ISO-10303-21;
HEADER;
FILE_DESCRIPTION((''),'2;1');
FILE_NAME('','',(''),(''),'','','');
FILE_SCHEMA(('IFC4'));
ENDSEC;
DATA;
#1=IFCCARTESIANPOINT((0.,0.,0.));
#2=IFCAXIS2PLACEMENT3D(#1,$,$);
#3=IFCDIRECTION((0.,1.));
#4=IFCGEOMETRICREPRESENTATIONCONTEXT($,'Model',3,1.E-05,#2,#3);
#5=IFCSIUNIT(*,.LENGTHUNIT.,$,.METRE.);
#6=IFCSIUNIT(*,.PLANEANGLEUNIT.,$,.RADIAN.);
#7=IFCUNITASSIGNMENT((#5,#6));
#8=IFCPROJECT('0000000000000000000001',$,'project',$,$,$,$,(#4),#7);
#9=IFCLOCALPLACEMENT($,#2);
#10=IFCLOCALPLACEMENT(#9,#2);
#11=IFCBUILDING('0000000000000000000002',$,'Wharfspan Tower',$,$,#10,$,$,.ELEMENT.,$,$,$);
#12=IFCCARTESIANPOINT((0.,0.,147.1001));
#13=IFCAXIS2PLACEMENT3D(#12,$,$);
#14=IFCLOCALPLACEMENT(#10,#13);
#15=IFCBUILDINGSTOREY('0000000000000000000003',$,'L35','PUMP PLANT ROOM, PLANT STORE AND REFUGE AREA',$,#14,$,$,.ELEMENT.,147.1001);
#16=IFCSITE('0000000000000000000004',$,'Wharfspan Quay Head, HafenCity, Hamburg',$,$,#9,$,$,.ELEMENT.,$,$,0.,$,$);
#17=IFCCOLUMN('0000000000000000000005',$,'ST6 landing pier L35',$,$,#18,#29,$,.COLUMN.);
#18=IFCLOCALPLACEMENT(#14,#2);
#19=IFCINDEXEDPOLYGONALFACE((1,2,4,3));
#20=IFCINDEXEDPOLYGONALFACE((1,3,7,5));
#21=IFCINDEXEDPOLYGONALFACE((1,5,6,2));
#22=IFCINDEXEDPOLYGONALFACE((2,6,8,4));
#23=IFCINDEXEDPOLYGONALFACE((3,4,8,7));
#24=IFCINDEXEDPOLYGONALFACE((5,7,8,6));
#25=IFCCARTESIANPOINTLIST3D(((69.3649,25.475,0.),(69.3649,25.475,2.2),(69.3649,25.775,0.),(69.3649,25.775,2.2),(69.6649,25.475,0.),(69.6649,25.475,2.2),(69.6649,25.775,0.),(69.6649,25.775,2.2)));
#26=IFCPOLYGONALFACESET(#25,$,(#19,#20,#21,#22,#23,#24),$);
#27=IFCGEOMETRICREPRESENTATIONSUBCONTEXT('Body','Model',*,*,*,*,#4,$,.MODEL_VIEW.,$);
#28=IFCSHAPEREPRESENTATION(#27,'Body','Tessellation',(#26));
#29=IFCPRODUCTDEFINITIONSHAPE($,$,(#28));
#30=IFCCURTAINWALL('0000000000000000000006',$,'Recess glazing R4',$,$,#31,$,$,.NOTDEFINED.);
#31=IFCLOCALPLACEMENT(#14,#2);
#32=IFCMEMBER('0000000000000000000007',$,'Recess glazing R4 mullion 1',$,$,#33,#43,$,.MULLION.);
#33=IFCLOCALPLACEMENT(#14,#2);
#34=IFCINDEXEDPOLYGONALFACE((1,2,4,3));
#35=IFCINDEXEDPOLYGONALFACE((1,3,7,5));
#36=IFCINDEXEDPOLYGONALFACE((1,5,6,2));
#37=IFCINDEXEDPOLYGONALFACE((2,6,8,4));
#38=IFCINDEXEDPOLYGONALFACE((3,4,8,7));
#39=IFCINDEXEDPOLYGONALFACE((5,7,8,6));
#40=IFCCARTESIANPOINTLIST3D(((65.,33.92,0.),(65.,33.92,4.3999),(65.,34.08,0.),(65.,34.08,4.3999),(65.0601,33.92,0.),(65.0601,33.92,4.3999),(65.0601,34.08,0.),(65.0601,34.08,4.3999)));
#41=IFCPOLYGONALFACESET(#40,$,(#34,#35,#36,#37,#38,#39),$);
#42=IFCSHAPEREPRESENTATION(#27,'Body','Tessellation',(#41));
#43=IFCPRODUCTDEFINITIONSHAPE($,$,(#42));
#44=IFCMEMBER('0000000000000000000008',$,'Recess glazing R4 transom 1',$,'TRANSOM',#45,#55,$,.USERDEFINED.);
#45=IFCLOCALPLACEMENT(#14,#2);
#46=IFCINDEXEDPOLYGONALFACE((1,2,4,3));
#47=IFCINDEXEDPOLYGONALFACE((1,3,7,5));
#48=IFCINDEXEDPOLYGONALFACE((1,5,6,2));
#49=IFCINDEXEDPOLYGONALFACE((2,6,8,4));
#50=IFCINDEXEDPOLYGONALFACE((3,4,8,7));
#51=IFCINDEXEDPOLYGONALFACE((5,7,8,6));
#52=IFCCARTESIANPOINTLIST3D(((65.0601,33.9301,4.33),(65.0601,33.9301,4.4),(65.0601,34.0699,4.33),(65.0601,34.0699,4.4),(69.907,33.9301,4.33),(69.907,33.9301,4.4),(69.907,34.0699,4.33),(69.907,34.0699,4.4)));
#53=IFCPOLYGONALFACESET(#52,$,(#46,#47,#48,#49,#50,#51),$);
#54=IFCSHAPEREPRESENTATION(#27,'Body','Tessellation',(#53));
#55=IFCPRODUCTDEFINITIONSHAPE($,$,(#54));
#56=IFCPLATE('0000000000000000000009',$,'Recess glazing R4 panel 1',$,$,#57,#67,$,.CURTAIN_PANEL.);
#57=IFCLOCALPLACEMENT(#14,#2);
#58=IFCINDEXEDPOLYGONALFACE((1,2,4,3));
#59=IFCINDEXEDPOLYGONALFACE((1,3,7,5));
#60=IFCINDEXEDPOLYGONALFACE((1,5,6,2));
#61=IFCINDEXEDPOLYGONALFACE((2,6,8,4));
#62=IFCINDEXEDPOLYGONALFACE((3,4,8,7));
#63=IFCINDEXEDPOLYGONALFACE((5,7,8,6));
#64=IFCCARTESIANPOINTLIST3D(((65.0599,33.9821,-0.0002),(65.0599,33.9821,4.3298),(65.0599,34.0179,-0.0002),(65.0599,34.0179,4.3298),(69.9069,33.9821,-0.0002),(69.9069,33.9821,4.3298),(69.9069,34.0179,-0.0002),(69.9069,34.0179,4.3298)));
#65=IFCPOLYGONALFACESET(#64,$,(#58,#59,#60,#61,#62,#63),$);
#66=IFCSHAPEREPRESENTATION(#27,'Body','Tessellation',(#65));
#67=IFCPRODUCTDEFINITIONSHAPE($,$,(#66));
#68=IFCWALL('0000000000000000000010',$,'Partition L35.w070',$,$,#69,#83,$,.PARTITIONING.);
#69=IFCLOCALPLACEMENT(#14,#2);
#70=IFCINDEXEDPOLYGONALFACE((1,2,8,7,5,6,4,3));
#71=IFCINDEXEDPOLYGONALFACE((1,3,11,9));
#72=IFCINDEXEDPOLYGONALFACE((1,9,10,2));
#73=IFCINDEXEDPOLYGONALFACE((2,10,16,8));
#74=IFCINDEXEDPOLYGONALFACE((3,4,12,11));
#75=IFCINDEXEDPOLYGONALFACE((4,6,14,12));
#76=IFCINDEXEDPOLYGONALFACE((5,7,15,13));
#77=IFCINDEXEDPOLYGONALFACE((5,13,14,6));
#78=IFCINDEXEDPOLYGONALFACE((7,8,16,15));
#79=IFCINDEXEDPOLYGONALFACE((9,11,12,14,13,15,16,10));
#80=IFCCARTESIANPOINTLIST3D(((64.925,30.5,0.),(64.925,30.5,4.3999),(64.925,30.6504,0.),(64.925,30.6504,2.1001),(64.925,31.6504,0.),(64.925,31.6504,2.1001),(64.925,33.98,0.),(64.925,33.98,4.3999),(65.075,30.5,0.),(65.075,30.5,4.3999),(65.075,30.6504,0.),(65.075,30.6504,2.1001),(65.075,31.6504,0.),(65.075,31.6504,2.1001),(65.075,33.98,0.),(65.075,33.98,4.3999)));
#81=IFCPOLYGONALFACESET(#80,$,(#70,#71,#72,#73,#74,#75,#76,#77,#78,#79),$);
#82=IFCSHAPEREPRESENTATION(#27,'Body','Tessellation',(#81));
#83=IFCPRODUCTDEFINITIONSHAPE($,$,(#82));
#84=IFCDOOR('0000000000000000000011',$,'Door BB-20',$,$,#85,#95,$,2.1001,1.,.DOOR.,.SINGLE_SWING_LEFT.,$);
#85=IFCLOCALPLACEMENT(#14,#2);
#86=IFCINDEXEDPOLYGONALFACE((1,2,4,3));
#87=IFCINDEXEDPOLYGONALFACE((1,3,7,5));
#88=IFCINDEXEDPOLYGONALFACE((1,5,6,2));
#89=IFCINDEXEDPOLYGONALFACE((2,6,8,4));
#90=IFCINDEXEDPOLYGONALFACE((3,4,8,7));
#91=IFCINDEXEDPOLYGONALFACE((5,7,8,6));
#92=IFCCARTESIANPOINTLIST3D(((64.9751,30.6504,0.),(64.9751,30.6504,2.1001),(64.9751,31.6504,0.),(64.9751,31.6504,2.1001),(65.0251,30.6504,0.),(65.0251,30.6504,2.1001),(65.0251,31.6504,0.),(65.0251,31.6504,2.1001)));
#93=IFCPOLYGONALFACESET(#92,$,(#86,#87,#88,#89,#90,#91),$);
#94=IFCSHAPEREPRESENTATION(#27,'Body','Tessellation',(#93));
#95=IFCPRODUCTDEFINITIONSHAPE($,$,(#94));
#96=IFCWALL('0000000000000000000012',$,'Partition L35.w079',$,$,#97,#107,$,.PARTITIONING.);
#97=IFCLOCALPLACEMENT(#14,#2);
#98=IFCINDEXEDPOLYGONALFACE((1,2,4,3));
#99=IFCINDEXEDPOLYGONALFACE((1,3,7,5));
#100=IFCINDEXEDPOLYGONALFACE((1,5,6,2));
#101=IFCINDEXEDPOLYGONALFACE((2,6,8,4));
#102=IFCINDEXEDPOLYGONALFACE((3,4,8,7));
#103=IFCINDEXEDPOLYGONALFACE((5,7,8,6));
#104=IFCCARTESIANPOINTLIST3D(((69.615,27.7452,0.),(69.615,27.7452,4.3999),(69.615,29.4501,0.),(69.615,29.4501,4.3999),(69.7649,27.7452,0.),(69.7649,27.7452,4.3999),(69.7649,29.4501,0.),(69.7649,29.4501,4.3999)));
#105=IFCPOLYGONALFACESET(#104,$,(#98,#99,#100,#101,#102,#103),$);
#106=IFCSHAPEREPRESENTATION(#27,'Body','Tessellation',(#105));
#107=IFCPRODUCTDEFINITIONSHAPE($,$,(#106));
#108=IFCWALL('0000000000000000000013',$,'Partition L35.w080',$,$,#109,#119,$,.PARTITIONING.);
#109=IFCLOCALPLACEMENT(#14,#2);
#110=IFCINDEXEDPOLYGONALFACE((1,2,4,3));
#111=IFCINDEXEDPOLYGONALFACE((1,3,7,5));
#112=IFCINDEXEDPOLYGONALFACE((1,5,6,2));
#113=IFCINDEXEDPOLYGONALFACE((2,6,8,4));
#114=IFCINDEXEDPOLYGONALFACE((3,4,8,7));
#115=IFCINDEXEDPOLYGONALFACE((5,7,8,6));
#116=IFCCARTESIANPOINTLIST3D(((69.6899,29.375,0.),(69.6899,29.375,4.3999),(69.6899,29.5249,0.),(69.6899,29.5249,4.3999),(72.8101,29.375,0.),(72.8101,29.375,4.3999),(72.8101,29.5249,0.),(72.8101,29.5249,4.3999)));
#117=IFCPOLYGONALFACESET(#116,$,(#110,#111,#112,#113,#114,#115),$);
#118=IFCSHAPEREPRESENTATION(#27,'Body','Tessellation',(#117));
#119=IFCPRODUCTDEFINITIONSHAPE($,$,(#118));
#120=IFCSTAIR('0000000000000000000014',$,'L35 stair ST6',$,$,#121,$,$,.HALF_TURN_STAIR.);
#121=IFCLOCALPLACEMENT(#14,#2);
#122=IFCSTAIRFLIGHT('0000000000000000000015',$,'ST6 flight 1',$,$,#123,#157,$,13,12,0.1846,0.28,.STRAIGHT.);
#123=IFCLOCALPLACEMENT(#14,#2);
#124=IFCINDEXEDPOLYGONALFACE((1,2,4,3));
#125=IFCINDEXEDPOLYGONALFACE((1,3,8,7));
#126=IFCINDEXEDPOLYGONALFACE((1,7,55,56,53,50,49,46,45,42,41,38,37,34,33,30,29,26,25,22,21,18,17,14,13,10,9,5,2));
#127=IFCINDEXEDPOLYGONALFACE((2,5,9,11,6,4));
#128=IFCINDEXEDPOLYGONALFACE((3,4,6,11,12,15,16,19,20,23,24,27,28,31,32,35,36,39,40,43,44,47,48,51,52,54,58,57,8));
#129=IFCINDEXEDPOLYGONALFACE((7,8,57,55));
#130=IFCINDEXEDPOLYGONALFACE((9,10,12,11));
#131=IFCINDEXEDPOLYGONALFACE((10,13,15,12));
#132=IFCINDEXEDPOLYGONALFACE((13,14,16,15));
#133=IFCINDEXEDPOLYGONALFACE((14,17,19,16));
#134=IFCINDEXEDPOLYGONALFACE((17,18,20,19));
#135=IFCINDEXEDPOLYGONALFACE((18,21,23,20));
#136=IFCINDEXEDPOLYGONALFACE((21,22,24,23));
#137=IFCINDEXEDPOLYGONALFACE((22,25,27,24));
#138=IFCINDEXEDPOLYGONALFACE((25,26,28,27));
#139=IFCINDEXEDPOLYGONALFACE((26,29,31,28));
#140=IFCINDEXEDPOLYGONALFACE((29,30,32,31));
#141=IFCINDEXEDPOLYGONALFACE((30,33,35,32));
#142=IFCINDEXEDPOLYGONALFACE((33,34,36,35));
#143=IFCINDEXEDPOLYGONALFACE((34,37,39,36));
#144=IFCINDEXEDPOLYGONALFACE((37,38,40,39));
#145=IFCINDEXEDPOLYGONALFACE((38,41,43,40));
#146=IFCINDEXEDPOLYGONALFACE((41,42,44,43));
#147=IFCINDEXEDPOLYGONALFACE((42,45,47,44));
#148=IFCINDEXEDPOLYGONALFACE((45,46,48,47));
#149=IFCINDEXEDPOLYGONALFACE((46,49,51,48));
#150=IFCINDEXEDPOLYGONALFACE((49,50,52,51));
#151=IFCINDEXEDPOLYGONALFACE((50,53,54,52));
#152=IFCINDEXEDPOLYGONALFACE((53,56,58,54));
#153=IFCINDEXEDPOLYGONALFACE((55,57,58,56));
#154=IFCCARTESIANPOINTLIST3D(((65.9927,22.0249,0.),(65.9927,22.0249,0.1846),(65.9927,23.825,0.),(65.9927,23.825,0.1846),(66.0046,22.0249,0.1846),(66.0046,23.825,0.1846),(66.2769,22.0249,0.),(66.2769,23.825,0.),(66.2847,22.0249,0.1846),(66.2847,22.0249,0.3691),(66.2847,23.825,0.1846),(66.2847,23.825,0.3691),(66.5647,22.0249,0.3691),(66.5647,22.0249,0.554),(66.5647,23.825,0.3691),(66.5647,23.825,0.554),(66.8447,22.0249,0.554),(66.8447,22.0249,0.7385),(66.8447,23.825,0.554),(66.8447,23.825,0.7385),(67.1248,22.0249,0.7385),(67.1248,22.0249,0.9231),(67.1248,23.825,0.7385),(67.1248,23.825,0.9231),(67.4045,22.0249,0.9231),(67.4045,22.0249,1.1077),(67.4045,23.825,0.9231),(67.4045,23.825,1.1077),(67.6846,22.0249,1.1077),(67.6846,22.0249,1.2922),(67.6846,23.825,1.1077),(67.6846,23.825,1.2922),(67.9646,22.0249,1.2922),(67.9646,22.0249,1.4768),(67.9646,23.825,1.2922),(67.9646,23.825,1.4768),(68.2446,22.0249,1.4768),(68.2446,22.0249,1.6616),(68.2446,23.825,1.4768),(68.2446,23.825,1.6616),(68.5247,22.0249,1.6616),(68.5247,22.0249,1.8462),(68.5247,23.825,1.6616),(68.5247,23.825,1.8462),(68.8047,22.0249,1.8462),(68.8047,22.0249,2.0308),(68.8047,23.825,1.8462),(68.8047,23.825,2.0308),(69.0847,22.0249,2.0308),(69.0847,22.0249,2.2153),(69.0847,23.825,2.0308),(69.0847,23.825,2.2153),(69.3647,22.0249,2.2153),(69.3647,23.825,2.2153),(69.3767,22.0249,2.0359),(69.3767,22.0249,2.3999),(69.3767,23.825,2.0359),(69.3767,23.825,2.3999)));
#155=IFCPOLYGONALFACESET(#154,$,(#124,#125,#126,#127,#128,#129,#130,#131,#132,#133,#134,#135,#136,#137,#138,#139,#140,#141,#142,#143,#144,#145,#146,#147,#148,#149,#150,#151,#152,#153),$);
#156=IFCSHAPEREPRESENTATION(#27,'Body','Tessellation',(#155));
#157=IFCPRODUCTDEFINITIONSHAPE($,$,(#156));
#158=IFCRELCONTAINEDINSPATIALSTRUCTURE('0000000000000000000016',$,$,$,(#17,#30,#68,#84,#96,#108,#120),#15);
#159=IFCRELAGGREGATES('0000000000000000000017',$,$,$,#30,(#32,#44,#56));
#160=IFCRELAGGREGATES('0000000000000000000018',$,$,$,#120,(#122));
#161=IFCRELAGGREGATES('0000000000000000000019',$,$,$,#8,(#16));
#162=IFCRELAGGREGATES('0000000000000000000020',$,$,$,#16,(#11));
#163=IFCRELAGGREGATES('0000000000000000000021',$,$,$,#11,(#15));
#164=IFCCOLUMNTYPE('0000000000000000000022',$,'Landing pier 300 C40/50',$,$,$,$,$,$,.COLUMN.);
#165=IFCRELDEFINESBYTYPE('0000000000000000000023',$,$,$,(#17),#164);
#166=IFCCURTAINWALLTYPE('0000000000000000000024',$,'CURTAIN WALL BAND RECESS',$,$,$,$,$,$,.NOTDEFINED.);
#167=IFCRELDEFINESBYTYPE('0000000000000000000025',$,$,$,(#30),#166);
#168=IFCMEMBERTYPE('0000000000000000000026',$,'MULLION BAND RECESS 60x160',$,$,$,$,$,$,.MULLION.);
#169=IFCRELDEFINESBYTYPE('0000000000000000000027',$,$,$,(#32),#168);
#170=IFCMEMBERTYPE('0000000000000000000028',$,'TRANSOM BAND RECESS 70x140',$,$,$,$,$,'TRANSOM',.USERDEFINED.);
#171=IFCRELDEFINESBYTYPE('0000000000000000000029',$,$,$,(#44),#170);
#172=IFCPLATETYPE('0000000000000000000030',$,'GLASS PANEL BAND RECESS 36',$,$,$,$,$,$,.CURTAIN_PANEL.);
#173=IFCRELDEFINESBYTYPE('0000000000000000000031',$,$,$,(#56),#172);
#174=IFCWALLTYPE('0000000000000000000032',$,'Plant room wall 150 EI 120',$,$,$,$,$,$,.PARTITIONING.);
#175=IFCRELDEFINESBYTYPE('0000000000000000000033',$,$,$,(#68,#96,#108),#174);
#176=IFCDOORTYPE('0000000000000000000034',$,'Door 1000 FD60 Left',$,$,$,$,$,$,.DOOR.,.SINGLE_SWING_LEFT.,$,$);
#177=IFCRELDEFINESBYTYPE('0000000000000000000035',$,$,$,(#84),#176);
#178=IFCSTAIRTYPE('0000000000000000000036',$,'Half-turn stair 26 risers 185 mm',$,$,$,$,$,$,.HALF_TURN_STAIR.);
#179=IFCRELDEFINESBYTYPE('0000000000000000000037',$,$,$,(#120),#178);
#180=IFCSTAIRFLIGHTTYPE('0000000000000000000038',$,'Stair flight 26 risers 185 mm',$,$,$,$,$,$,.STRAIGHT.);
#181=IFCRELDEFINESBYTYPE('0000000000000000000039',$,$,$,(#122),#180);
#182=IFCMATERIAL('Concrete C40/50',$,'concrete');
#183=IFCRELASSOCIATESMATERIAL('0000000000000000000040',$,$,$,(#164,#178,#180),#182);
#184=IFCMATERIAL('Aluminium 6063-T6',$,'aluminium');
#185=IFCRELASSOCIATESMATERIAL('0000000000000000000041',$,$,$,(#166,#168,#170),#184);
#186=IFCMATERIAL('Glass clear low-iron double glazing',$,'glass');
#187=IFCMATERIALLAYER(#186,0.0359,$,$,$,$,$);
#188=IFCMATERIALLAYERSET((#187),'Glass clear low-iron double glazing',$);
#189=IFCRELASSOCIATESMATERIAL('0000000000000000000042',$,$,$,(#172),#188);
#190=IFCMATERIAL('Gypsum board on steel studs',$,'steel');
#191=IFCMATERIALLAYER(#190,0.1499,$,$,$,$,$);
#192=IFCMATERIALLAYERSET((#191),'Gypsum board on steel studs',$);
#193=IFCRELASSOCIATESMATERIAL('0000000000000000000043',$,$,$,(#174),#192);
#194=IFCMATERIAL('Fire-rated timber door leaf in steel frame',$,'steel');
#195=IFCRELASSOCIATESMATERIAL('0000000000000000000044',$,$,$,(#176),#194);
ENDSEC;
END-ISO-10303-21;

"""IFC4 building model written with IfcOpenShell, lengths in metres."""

from ifc_helpers import new_model, si_unit, direction, frame, frame_2d, origin, origin_2d, place, context, subcontext, project, spatial, polyline, rectangle, outline, extrude, material, layer, layer_set, material_profile, profile_set, type_object, element, fill, aggregate, save


model = new_model("IFC4")

# Units and contexts
model_context = context("Model", 3, precision=1e-05, world=origin(), true_north=direction((0.0, 1.0)))
body_context = subcontext(model_context, "Body", "Model", "MODEL_VIEW")
ifc_project = project(units=[si_unit("LENGTHUNIT", "METRE"), si_unit("PLANEANGLEUNIT", "RADIAN")], contexts=[model_context])

# Site, building, storey
site_placement = place(None, origin())
site = spatial("IfcSite", under=ifc_project, at=site_placement, Name="Wharfspan Quay Head, HafenCity, Hamburg", CompositionType="ELEMENT", RefElevation=0.0)
building_placement = place(site_placement, origin())
building = spatial("IfcBuilding", under=site, at=building_placement, Name="Wharfspan Tower", CompositionType="ELEMENT")
storey_placement = place(building_placement, frame((0.0, 0.0, 147.1001)))
storey = spatial("IfcBuildingStorey", under=building, at=storey_placement, Name="L35", Description="PUMP PLANT ROOM, PLANT STORE AND REFUGE AREA", CompositionType="ELEMENT", Elevation=147.1001)

# Column
ifc_material_1 = material(Name="Concrete C40/50", Category="concrete")
ifc_material_profile_1 = material_profile(ifc_material_1, rectangle(XDim=0.3, YDim=0.3, at=origin_2d()))
ifc_profile_set_1 = profile_set([ifc_material_profile_1], Name="Concrete C40/50")
column_type = type_object("IfcColumnType", Name="Landing pier 300 C40/50", PredefinedType="COLUMN", material=ifc_profile_set_1)
column_placement = place(storey_placement, frame((69.5149, 25.625, 0.0), z_axis=(0.0, 0.0, 1.0), x_axis=(1.0, 0.0, 0.0)))
element("IfcColumn", 1, at=column_placement, inside=storey, type_object=column_type, Name="ST6 landing pier L35", PredefinedType="COLUMN", context=body_context, shape_type="SweptSolid", body=[
    extrude(rectangle(XDim=0.3, YDim=0.3, at=origin_2d()), origin(), (0.0, 0.0, 1.0), 2.2),
])

# Curtain wall, members, plate
ifc_material_2 = material(Name="Aluminium 6063-T6", Category="aluminium")
curtain_wall_type = type_object("IfcCurtainWallType", Name="CURTAIN WALL BAND RECESS", PredefinedType="NOTDEFINED", material=ifc_material_2)
curtain_wall_placement = place(storey_placement, origin())
curtain_wall = element("IfcCurtainWall", 2, at=curtain_wall_placement, inside=storey, type_object=curtain_wall_type, Name="Recess glazing R4", PredefinedType="NOTDEFINED")
ifc_material_profile_2 = material_profile(ifc_material_2, rectangle(XDim=0.1599, YDim=0.0601, at=origin_2d()))
ifc_profile_set_2 = profile_set([ifc_material_profile_2], Name="Aluminium 6063-T6")
member_type_1 = type_object("IfcMemberType", Name="MULLION BAND RECESS 60x160", PredefinedType="MULLION", material=ifc_profile_set_2)
member_1_placement = place(storey_placement, frame((65.03, 34.0, 0.0), z_axis=(0.0, 0.0, 1.0), x_axis=(0.0, 1.0, 0.0)))
member_1 = element("IfcMember", 3, at=member_1_placement, type_object=member_type_1, Name="Recess glazing R4 mullion 1", PredefinedType="MULLION", context=body_context, shape_type="SweptSolid", body=[
    extrude(rectangle(XDim=0.1599, YDim=0.0601, at=origin_2d()), origin(), (0.0, 0.0, 1.0), 4.3999),
])
ifc_material_profile_3 = material_profile(ifc_material_2, rectangle(XDim=0.1399, YDim=0.0701, at=origin_2d()))
ifc_profile_set_3 = profile_set([ifc_material_profile_3], Name="Aluminium 6063-T6")
member_type_2 = type_object("IfcMemberType", Name="TRANSOM BAND RECESS 70x140", ElementType="TRANSOM", PredefinedType="USERDEFINED", material=ifc_profile_set_3)
member_2_placement = place(storey_placement, frame((65.0601, 34.0, 4.365), z_axis=(1.0, 0.0, 0.0), x_axis=(0.0, 1.0, 0.0)))
member_2 = element("IfcMember", 4, at=member_2_placement, type_object=member_type_2, Name="Recess glazing R4 transom 1", ObjectType="TRANSOM", PredefinedType="USERDEFINED", context=body_context, shape_type="SweptSolid", body=[
    extrude(rectangle(XDim=0.1399, YDim=0.0701, at=origin_2d()), origin(), (0.0, 0.0, 1.0), 4.8469),
])
ifc_material_3 = material(Name="Glass clear low-iron double glazing", Category="glass")
ifc_layer_1 = layer(ifc_material_3, 0.0359)
ifc_layer_set_1 = layer_set([ifc_layer_1], Name="Glass clear low-iron double glazing")
plate_type = type_object("IfcPlateType", Name="GLASS PANEL BAND RECESS 36", PredefinedType="CURTAIN_PANEL", material=ifc_layer_set_1)
plate_placement = place(storey_placement, frame((67.4834, 34.0, -0.0002), z_axis=(0.0, 0.0, 1.0), x_axis=(1.0, 0.0, 0.0)))
plate = element("IfcPlate", 5, at=plate_placement, type_object=plate_type, Name="Recess glazing R4 panel 1", PredefinedType="CURTAIN_PANEL", context=body_context, shape_type="SweptSolid", body=[
    extrude(rectangle(XDim=4.8469, YDim=0.0359, at=origin_2d()), origin(), (0.0, 0.0, 1.0), 4.3301),
])
aggregate(curtain_wall, [member_1, member_2, plate])

# Wall, opening, door
ifc_material_4 = material(Name="Gypsum board on steel studs", Category="steel")
ifc_layer_2 = layer(ifc_material_4, 0.1499)
ifc_layer_set_2 = layer_set([ifc_layer_2], Name="Gypsum board on steel studs")
wall_type = type_object("IfcWallType", Name="Plant room wall 150 EI 120", PredefinedType="PARTITIONING", material=ifc_layer_set_2)
wall_1_placement = place(storey_placement, frame((65.0, 30.5, 0.0), z_axis=(0.0, 0.0, 1.0), x_axis=(0.0, 1.0, 0.0)))
wall_1 = element("IfcWall", 6, at=wall_1_placement, inside=storey, type_object=wall_type, Name="Partition L35.w070", PredefinedType="PARTITIONING", context=body_context, shape_type="SweptSolid", body=[
    extrude(rectangle(XDim=3.48, YDim=0.1499, at=frame_2d((1.74, 0.0))), origin(), (0.0, 0.0, 1.0), 4.3999),
])
opening_placement = place(wall_1_placement, frame((0.1504, 0.0, 0.0)))
opening = element("IfcOpeningElement", 7, at=opening_placement, cuts=wall_1, PredefinedType="OPENING", context=body_context, shape_type="SweptSolid", body=[
    extrude(rectangle(XDim=1.0, YDim=2.1001, at=frame_2d((0.5, 1.05))), frame((0.0, 0.085, 0.0), z_axis=(0.0, -1.0, 0.0), x_axis=(1.0, 0.0, 0.0)), (0.0, 0.0, 1.0), 0.1699),
])
ifc_material_5 = material(Name="Fire-rated timber door leaf in steel frame", Category="steel")
door_type = type_object("IfcDoorType", Name="Door 1000 FD60 Left", OperationType="SINGLE_SWING_LEFT", PredefinedType="DOOR", material=ifc_material_5)
door_placement = place(opening_placement, origin())
door = element("IfcDoor", 8, at=door_placement, inside=storey, type_object=door_type, Name="Door BB-20", OperationType="SINGLE_SWING_LEFT", OverallHeight=2.1001, OverallWidth=1.0, PredefinedType="DOOR", context=body_context, shape_type="SweptSolid", body=[
    extrude(rectangle(XDim=1.0, YDim=2.1001, at=frame_2d((0.5, 1.05))), frame((0.0, 0.0249, 0.0), z_axis=(0.0, -1.0, 0.0), x_axis=(1.0, 0.0, 0.0)), (0.0, 0.0, 1.0), 0.05),
])
fill(opening, door)

# Walls
wall_2_placement = place(storey_placement, frame((69.6899, 27.7451, 0.0), z_axis=(0.0, 0.0, 1.0), x_axis=(0.0, 1.0, 0.0)))
element("IfcWall", 9, at=wall_2_placement, inside=storey, type_object=wall_type, Name="Partition L35.w079", PredefinedType="PARTITIONING", context=body_context, shape_type="SweptSolid", body=[
    extrude(rectangle(XDim=1.7048, YDim=0.1499, at=frame_2d((0.8525, 0.0))), origin(), (0.0, 0.0, 1.0), 4.3999),
])
wall_3_placement = place(storey_placement, frame((69.6899, 29.45, 0.0), z_axis=(0.0, 0.0, 1.0), x_axis=(1.0, 0.0, 0.0)))
element("IfcWall", 10, at=wall_3_placement, inside=storey, type_object=wall_type, Name="Partition L35.w080", PredefinedType="PARTITIONING", context=body_context, shape_type="SweptSolid", body=[
    extrude(rectangle(XDim=3.1201, YDim=0.1499, at=frame_2d((1.5601, 0.0))), origin(), (0.0, 0.0, 1.0), 4.3999),
])

# Stair, stair flight
stair_type = type_object("IfcStairType", Name="Half-turn stair 26 risers 185 mm", PredefinedType="HALF_TURN_STAIR", material=ifc_material_1)
stair_placement = place(storey_placement, origin())
stair = element("IfcStair", 11, at=stair_placement, inside=storey, type_object=stair_type, Name="L35 stair ST6", PredefinedType="HALF_TURN_STAIR")
stair_flight_type = type_object("IfcStairFlightType", Name="Stair flight 26 risers 185 mm", PredefinedType="STRAIGHT", material=ifc_material_1)
stair_flight_1_placement = place(storey_placement, frame((66.0046, 22.925, 0.0), z_axis=(0.0, 0.0, 1.0), x_axis=(1.0, 0.0, 0.0)))
stair_flight_1 = element("IfcStairFlight", 12, at=stair_flight_1_placement, type_object=stair_flight_type, Name="ST6 flight 1", NumberOfRisers=13, NumberOfTreads=12, PredefinedType="STRAIGHT", RiserHeight=0.1846, TreadLength=0.28, context=body_context, shape_type="SweptSolid", body=[
    extrude(outline(polyline([(-0.012, 0.0), (-0.012, 0.1846), (0.0, 0.1846), (0.28, 0.1846), (0.28, 0.3691), (0.5601, 0.3691), (0.5601, 0.554), (0.8401, 0.554), (0.8401, 0.7385), (1.1201, 0.7385), (1.1201, 0.9231), (1.3999, 0.9231), (1.3999, 1.1077), (1.6799, 1.1077), (1.6799, 1.2922), (1.96, 1.2922), (1.96, 1.4768), (2.24, 1.4768), (2.24, 1.6616), (2.52, 1.6616), (2.52, 1.8462), (2.8, 1.8462), (2.8, 2.0308), (3.0801, 2.0308), (3.0801, 2.2153), (3.3601, 2.2153), (3.3721, 2.3999), (3.3721, 2.0359), (0.2722, 0.0), (-0.012, 0.0)])), frame((0.0, 0.8999, 0.0), z_axis=(0.0, -1.0, 0.0), x_axis=(1.0, 0.0, 0.0)), (0.0, 0.0, 1.0), 1.8),
])
aggregate(stair, [stair_flight_1])

save(model, "model.ifc")
